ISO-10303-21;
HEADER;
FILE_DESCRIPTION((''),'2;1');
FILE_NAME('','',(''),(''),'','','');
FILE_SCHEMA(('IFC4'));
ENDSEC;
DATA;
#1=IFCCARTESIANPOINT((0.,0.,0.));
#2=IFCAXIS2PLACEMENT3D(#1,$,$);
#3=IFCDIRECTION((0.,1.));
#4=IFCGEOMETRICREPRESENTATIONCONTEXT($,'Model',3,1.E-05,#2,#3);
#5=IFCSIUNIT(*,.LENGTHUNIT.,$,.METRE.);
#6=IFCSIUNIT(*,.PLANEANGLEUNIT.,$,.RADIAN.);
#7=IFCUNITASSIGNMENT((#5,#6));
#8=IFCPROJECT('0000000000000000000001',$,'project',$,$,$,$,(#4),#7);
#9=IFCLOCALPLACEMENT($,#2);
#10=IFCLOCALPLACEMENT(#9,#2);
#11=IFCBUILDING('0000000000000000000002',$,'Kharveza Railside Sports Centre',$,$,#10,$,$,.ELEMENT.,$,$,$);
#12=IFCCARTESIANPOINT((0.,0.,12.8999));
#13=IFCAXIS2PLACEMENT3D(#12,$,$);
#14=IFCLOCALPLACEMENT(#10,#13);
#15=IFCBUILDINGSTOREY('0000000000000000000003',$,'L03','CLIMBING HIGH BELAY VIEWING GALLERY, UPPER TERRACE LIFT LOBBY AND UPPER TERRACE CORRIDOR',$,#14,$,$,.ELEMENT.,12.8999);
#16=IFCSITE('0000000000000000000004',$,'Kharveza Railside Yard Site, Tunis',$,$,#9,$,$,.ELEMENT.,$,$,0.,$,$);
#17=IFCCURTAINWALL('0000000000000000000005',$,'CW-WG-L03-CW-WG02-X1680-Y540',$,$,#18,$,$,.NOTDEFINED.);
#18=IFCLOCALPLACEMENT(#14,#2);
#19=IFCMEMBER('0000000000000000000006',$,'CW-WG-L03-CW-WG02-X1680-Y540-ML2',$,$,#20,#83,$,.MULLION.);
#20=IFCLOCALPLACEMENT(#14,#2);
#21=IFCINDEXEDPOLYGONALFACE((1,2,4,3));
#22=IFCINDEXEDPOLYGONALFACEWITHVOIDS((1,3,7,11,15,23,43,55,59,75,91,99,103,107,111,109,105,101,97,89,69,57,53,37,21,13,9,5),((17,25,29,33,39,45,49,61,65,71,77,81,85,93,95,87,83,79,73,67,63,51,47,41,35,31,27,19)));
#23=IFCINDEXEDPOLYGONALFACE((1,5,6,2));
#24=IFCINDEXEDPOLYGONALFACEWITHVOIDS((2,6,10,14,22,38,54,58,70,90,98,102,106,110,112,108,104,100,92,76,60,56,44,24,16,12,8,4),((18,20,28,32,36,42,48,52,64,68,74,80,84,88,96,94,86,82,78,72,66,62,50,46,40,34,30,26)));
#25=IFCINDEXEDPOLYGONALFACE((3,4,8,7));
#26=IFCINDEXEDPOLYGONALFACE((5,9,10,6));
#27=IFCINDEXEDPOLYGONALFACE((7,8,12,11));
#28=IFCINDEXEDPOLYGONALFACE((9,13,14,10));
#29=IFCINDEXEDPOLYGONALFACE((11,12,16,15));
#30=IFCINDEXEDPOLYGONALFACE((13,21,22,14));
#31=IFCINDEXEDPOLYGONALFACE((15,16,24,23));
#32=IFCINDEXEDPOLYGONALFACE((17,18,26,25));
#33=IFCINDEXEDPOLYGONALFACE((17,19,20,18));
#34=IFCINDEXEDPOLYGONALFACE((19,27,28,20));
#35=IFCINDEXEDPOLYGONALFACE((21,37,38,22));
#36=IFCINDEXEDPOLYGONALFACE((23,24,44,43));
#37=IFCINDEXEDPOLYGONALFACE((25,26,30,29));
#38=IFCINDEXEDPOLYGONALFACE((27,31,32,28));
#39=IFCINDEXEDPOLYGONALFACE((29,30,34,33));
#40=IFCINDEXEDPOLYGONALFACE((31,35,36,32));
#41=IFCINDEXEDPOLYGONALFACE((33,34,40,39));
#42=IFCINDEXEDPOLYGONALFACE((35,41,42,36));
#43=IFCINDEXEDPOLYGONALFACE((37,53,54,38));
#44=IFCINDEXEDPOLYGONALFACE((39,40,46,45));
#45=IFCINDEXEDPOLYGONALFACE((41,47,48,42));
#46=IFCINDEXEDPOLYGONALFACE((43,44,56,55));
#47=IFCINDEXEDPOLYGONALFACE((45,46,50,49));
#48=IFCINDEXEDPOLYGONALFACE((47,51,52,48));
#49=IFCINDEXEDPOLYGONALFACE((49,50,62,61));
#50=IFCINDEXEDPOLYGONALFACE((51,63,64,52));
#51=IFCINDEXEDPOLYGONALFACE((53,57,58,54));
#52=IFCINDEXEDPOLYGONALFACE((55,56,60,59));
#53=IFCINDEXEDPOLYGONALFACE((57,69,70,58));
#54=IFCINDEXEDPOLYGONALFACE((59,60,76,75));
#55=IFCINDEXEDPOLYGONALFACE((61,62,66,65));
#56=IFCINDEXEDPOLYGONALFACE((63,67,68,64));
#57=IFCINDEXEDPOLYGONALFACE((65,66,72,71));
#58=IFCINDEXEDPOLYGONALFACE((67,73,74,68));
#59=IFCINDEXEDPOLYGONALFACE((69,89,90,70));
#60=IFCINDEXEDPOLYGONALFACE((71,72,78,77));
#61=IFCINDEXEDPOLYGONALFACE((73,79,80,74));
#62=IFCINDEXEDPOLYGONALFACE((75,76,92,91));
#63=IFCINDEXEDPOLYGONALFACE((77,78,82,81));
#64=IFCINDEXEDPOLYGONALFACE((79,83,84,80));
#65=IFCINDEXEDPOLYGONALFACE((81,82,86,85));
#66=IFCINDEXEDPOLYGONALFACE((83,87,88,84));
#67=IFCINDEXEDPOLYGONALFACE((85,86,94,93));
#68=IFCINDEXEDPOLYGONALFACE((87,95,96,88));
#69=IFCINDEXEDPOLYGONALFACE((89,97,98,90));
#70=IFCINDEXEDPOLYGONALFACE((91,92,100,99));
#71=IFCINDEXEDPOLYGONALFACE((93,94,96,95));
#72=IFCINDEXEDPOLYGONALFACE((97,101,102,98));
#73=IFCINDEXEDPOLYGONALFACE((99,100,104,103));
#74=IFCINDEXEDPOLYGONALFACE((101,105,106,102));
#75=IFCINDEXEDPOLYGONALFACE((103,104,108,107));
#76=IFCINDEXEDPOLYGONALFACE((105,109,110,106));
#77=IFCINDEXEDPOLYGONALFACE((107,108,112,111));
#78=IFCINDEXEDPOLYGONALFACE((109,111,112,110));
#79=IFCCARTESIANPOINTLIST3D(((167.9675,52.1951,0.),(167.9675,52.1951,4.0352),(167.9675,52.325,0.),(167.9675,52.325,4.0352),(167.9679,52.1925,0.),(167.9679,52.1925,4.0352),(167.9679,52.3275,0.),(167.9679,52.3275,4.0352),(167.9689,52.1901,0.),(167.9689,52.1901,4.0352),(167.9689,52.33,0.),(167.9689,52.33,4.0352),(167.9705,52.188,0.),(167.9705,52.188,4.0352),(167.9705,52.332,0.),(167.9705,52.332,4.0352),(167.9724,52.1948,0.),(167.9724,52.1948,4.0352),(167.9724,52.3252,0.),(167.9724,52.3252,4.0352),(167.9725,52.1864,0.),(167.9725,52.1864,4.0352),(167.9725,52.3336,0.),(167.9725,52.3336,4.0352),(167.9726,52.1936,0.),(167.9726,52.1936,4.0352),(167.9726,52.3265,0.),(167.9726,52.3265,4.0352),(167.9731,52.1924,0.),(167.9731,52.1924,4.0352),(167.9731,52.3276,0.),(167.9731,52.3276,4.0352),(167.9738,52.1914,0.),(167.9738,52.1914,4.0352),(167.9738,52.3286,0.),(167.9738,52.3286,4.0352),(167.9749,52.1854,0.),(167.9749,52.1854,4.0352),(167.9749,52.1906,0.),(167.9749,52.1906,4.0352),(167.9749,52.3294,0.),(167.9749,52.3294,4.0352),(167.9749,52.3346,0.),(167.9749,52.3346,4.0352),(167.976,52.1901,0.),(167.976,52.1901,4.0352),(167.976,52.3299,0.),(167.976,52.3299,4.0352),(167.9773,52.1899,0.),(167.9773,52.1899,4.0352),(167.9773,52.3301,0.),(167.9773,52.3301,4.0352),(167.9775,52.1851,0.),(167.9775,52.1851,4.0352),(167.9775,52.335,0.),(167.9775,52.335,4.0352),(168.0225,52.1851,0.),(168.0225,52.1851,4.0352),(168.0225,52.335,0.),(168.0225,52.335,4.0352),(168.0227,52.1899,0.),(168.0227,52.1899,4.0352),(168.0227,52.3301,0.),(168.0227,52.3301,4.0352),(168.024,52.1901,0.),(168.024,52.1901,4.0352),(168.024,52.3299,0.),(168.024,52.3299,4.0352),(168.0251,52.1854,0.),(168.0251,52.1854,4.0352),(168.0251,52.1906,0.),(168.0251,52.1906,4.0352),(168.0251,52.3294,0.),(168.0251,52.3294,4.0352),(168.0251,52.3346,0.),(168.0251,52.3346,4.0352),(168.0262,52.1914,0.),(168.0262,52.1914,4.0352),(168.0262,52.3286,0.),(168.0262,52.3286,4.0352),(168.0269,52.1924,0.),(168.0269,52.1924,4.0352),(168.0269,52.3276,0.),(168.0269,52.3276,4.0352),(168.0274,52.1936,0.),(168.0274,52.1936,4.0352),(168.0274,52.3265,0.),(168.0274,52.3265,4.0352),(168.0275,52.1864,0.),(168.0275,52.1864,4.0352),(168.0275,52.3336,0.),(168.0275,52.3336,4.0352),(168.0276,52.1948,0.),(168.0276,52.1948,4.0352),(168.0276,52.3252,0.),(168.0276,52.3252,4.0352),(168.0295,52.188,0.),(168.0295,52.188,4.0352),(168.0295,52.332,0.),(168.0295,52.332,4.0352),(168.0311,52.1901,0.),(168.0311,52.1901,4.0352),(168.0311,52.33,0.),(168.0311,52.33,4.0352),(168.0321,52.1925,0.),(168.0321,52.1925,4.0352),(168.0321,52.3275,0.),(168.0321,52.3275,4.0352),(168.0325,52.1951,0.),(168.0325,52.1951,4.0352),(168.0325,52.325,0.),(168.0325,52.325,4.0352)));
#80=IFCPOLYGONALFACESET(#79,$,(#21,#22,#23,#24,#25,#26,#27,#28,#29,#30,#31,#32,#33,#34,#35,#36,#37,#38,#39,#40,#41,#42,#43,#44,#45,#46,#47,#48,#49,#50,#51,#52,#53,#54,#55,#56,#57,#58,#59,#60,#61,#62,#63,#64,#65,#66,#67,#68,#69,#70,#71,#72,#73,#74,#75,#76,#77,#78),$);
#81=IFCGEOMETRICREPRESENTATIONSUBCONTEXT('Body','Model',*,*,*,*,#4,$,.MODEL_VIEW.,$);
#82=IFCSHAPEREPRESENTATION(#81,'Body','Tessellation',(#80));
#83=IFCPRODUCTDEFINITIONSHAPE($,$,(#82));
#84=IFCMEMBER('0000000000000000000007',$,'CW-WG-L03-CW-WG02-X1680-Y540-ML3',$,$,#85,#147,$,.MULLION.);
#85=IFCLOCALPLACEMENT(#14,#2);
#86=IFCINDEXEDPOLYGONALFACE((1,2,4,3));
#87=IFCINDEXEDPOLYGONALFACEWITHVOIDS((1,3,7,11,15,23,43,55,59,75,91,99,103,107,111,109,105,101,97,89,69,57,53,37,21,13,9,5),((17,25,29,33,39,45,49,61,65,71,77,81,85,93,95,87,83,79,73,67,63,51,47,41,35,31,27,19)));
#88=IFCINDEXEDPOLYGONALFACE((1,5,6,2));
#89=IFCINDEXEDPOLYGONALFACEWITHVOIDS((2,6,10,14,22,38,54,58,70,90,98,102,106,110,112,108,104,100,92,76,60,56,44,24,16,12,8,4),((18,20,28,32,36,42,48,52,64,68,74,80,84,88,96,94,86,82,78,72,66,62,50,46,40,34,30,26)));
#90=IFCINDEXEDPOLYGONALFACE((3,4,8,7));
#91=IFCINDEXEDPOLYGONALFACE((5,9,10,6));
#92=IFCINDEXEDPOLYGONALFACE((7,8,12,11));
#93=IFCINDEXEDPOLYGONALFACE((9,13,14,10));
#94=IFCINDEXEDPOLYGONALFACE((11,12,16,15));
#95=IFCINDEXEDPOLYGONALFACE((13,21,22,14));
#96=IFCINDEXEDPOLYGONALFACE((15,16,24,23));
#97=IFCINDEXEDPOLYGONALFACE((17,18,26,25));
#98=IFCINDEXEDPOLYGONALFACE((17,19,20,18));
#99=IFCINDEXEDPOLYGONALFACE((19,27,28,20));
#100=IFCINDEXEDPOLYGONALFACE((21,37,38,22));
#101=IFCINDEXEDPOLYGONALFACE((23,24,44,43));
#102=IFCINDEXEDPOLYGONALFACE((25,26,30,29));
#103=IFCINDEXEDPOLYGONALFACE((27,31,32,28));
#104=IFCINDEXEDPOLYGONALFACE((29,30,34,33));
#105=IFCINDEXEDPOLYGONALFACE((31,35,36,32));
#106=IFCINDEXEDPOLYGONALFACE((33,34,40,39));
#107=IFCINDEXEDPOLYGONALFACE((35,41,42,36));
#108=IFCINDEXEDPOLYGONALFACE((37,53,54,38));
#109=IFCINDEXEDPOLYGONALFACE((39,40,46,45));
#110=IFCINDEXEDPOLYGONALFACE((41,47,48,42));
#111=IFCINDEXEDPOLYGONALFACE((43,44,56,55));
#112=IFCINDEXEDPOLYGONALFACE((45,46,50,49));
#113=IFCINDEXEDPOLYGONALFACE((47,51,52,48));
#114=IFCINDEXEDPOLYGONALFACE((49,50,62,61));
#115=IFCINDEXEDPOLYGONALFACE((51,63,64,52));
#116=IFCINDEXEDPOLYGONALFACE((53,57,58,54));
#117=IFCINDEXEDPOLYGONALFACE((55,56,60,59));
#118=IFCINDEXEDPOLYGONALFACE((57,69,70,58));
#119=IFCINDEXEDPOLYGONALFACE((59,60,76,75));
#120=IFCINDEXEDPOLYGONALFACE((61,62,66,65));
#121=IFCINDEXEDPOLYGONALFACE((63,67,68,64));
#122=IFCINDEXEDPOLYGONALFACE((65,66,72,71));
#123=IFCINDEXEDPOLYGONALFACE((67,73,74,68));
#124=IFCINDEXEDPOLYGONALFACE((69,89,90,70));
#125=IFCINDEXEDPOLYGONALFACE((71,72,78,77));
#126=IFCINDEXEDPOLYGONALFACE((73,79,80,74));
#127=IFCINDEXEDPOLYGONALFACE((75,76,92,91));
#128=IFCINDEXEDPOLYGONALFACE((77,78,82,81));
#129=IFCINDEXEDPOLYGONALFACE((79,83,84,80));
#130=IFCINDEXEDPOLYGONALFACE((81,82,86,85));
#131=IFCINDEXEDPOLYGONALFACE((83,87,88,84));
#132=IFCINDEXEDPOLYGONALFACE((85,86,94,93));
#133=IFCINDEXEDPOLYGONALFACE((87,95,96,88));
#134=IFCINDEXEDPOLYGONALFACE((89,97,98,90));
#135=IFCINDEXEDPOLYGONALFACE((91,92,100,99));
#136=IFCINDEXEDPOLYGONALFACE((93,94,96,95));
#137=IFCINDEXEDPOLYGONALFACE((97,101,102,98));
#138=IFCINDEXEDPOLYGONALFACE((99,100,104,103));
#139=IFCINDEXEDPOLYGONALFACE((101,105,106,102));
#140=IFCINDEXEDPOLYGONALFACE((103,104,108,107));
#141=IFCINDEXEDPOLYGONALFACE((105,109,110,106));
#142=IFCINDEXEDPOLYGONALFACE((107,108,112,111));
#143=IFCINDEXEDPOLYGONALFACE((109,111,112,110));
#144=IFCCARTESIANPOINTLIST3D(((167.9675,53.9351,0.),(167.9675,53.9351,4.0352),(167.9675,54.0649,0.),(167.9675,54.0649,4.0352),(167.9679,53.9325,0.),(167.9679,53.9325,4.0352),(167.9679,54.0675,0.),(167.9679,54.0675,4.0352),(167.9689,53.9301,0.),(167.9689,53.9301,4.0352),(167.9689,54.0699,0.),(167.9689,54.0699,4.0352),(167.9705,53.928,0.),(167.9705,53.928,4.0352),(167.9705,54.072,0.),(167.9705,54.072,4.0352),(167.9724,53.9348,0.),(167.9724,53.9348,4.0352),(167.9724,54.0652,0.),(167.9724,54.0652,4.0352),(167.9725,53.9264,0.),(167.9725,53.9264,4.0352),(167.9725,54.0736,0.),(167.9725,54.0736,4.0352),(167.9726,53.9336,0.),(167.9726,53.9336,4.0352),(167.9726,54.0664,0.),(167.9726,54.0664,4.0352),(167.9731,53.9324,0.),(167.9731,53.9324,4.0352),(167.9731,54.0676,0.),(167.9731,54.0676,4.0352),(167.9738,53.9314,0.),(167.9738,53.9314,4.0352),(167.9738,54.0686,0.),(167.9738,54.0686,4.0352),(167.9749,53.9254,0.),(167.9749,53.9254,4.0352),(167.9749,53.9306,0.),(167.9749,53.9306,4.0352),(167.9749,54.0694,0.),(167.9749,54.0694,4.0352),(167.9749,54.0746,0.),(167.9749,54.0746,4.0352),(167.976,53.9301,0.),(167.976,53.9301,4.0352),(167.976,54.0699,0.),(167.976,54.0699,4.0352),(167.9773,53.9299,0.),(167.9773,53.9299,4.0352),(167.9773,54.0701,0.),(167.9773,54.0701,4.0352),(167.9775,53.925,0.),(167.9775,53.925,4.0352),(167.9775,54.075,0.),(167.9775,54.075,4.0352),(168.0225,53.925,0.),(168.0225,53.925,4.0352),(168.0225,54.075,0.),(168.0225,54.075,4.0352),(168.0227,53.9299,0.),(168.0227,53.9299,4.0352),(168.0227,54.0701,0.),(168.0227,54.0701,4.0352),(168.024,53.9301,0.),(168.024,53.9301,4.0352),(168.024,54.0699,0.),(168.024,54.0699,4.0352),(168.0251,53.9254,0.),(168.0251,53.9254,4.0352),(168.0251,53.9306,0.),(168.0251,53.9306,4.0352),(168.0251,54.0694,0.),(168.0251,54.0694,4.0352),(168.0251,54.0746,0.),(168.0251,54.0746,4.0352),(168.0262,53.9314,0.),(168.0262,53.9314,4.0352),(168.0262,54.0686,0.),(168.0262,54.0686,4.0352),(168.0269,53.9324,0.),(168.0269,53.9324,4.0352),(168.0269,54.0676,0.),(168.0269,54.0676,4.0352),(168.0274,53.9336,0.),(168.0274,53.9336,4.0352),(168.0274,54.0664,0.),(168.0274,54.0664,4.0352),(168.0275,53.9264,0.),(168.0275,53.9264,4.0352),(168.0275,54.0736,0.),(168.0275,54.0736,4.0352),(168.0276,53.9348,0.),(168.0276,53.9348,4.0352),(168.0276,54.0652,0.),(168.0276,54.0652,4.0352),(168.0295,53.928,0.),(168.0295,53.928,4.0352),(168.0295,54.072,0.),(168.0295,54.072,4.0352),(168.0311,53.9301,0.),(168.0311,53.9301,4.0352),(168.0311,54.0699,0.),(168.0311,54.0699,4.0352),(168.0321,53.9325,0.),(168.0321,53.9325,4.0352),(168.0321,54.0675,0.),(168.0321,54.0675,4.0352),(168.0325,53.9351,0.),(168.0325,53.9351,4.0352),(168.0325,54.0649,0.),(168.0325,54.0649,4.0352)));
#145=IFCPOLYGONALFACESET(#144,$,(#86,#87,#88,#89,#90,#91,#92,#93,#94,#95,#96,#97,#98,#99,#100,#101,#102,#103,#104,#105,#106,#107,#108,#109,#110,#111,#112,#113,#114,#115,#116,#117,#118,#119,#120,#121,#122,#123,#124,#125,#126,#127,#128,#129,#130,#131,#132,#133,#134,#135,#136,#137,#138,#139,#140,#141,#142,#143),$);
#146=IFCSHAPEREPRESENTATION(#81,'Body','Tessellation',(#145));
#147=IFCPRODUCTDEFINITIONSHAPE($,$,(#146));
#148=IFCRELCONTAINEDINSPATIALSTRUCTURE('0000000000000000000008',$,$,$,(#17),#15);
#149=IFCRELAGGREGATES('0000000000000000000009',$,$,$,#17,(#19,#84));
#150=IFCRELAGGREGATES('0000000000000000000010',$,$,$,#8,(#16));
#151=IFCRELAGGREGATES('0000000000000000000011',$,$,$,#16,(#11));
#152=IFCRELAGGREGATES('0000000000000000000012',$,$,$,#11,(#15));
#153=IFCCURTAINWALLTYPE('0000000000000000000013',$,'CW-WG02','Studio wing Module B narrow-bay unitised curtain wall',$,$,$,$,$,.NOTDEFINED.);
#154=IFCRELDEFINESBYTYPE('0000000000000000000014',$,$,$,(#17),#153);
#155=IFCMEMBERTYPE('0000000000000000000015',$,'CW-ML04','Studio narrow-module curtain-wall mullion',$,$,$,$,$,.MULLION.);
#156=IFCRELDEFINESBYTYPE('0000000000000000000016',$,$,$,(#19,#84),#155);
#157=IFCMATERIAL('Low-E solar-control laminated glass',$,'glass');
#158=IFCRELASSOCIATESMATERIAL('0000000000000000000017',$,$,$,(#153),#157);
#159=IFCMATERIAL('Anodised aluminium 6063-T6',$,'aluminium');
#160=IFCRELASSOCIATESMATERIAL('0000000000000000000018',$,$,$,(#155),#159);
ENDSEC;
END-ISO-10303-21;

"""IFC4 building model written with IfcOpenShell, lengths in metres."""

from ifc_helpers import new_model, si_unit, direction, frame, origin, origin_2d, place, context, subcontext, project, spatial, hollow_rectangle, extrude, material, material_profile, profile_set, type_object, element, aggregate, save


model = new_model("IFC4")

# Units and contexts
model_context = context("Model", 3, precision=1e-05, world=origin(), true_north=direction((0.0, 1.0)))
body_context = subcontext(model_context, "Body", "Model", "MODEL_VIEW")
ifc_project = project(units=[si_unit("LENGTHUNIT", "METRE"), si_unit("PLANEANGLEUNIT", "RADIAN")], contexts=[model_context])

# Site, building, storey
site_placement = place(None, origin())
site = spatial("IfcSite", under=ifc_project, at=site_placement, Name="Kharveza Railside Yard Site, Tunis", CompositionType="ELEMENT", RefElevation=0.0)
building_placement = place(site_placement, origin())
building = spatial("IfcBuilding", under=site, at=building_placement, Name="Kharveza Railside Sports Centre", CompositionType="ELEMENT")
storey_placement = place(building_placement, frame((0.0, 0.0, 12.8999)))
storey = spatial("IfcBuildingStorey", under=building, at=storey_placement, Name="L03", Description="CLIMBING HIGH BELAY VIEWING GALLERY, UPPER TERRACE LIFT LOBBY AND UPPER TERRACE CORRIDOR", CompositionType="ELEMENT", Elevation=12.8999)

# Curtain wall, members
ifc_material_1 = material(Name="Low-E solar-control laminated glass", Category="glass")
curtain_wall_type = type_object("IfcCurtainWallType", Name="CW-WG02", Description="Studio wing Module B narrow-bay unitised curtain wall", PredefinedType="NOTDEFINED", material=ifc_material_1)
curtain_wall_1_placement = place(storey_placement, origin())
curtain_wall_1 = element("IfcCurtainWall", 1, at=curtain_wall_1_placement, inside=storey, type_object=curtain_wall_type, Name="CW-WG-L03-CW-WG02-X1680-Y540", PredefinedType="NOTDEFINED")
ifc_material_2 = material(Name="Anodised aluminium 6063-T6", Category="aluminium")
ifc_material_profile_1 = material_profile(ifc_material_2, hollow_rectangle(XDim=0.0649, YDim=0.1499, WallThickness=0.0049, InnerFilletRadius=0.0049, OuterFilletRadius=0.01, at=origin_2d()), Name="RHS 65x150x5.0")
ifc_profile_set_1 = profile_set([ifc_material_profile_1], Name="Anodised aluminium 6063-T6")
member_type_1 = type_object("IfcMemberType", Name="CW-ML04", Description="Studio narrow-module curtain-wall mullion", PredefinedType="MULLION", material=ifc_profile_set_1)
member_1_placement = place(storey_placement, frame((168.0, 52.26, 0.0), z_axis=(0.0, 0.0, 1.0), x_axis=(1.0, 0.0, 0.0)))
member_1 = element("IfcMember", 2, at=member_1_placement, type_object=member_type_1, Name="CW-WG-L03-CW-WG02-X1680-Y540-ML2", PredefinedType="MULLION", context=body_context, shape_type="SweptSolid", body=[
    extrude(hollow_rectangle(XDim=0.0649, YDim=0.1499, WallThickness=0.0049, InnerFilletRadius=0.0049, OuterFilletRadius=0.01, at=origin_2d()), origin(), (0.0, 0.0, 1.0), 4.0352),
])
member_2_placement = place(storey_placement, frame((168.0, 54.0, 0.0), z_axis=(0.0, 0.0, 1.0), x_axis=(1.0, 0.0, 0.0)))
member_2 = element("IfcMember", 3, at=member_2_placement, type_object=member_type_1, Name="CW-WG-L03-CW-WG02-X1680-Y540-ML3", PredefinedType="MULLION", context=body_context, shape_type="SweptSolid", body=[
    extrude(hollow_rectangle(XDim=0.0649, YDim=0.1499, WallThickness=0.0049, InnerFilletRadius=0.0049, OuterFilletRadius=0.01, at=origin_2d()), origin(), (0.0, 0.0, 1.0), 4.0352),
])

aggregate(curtain_wall_1, [member_1, member_2])

save(model, "model.ifc")
